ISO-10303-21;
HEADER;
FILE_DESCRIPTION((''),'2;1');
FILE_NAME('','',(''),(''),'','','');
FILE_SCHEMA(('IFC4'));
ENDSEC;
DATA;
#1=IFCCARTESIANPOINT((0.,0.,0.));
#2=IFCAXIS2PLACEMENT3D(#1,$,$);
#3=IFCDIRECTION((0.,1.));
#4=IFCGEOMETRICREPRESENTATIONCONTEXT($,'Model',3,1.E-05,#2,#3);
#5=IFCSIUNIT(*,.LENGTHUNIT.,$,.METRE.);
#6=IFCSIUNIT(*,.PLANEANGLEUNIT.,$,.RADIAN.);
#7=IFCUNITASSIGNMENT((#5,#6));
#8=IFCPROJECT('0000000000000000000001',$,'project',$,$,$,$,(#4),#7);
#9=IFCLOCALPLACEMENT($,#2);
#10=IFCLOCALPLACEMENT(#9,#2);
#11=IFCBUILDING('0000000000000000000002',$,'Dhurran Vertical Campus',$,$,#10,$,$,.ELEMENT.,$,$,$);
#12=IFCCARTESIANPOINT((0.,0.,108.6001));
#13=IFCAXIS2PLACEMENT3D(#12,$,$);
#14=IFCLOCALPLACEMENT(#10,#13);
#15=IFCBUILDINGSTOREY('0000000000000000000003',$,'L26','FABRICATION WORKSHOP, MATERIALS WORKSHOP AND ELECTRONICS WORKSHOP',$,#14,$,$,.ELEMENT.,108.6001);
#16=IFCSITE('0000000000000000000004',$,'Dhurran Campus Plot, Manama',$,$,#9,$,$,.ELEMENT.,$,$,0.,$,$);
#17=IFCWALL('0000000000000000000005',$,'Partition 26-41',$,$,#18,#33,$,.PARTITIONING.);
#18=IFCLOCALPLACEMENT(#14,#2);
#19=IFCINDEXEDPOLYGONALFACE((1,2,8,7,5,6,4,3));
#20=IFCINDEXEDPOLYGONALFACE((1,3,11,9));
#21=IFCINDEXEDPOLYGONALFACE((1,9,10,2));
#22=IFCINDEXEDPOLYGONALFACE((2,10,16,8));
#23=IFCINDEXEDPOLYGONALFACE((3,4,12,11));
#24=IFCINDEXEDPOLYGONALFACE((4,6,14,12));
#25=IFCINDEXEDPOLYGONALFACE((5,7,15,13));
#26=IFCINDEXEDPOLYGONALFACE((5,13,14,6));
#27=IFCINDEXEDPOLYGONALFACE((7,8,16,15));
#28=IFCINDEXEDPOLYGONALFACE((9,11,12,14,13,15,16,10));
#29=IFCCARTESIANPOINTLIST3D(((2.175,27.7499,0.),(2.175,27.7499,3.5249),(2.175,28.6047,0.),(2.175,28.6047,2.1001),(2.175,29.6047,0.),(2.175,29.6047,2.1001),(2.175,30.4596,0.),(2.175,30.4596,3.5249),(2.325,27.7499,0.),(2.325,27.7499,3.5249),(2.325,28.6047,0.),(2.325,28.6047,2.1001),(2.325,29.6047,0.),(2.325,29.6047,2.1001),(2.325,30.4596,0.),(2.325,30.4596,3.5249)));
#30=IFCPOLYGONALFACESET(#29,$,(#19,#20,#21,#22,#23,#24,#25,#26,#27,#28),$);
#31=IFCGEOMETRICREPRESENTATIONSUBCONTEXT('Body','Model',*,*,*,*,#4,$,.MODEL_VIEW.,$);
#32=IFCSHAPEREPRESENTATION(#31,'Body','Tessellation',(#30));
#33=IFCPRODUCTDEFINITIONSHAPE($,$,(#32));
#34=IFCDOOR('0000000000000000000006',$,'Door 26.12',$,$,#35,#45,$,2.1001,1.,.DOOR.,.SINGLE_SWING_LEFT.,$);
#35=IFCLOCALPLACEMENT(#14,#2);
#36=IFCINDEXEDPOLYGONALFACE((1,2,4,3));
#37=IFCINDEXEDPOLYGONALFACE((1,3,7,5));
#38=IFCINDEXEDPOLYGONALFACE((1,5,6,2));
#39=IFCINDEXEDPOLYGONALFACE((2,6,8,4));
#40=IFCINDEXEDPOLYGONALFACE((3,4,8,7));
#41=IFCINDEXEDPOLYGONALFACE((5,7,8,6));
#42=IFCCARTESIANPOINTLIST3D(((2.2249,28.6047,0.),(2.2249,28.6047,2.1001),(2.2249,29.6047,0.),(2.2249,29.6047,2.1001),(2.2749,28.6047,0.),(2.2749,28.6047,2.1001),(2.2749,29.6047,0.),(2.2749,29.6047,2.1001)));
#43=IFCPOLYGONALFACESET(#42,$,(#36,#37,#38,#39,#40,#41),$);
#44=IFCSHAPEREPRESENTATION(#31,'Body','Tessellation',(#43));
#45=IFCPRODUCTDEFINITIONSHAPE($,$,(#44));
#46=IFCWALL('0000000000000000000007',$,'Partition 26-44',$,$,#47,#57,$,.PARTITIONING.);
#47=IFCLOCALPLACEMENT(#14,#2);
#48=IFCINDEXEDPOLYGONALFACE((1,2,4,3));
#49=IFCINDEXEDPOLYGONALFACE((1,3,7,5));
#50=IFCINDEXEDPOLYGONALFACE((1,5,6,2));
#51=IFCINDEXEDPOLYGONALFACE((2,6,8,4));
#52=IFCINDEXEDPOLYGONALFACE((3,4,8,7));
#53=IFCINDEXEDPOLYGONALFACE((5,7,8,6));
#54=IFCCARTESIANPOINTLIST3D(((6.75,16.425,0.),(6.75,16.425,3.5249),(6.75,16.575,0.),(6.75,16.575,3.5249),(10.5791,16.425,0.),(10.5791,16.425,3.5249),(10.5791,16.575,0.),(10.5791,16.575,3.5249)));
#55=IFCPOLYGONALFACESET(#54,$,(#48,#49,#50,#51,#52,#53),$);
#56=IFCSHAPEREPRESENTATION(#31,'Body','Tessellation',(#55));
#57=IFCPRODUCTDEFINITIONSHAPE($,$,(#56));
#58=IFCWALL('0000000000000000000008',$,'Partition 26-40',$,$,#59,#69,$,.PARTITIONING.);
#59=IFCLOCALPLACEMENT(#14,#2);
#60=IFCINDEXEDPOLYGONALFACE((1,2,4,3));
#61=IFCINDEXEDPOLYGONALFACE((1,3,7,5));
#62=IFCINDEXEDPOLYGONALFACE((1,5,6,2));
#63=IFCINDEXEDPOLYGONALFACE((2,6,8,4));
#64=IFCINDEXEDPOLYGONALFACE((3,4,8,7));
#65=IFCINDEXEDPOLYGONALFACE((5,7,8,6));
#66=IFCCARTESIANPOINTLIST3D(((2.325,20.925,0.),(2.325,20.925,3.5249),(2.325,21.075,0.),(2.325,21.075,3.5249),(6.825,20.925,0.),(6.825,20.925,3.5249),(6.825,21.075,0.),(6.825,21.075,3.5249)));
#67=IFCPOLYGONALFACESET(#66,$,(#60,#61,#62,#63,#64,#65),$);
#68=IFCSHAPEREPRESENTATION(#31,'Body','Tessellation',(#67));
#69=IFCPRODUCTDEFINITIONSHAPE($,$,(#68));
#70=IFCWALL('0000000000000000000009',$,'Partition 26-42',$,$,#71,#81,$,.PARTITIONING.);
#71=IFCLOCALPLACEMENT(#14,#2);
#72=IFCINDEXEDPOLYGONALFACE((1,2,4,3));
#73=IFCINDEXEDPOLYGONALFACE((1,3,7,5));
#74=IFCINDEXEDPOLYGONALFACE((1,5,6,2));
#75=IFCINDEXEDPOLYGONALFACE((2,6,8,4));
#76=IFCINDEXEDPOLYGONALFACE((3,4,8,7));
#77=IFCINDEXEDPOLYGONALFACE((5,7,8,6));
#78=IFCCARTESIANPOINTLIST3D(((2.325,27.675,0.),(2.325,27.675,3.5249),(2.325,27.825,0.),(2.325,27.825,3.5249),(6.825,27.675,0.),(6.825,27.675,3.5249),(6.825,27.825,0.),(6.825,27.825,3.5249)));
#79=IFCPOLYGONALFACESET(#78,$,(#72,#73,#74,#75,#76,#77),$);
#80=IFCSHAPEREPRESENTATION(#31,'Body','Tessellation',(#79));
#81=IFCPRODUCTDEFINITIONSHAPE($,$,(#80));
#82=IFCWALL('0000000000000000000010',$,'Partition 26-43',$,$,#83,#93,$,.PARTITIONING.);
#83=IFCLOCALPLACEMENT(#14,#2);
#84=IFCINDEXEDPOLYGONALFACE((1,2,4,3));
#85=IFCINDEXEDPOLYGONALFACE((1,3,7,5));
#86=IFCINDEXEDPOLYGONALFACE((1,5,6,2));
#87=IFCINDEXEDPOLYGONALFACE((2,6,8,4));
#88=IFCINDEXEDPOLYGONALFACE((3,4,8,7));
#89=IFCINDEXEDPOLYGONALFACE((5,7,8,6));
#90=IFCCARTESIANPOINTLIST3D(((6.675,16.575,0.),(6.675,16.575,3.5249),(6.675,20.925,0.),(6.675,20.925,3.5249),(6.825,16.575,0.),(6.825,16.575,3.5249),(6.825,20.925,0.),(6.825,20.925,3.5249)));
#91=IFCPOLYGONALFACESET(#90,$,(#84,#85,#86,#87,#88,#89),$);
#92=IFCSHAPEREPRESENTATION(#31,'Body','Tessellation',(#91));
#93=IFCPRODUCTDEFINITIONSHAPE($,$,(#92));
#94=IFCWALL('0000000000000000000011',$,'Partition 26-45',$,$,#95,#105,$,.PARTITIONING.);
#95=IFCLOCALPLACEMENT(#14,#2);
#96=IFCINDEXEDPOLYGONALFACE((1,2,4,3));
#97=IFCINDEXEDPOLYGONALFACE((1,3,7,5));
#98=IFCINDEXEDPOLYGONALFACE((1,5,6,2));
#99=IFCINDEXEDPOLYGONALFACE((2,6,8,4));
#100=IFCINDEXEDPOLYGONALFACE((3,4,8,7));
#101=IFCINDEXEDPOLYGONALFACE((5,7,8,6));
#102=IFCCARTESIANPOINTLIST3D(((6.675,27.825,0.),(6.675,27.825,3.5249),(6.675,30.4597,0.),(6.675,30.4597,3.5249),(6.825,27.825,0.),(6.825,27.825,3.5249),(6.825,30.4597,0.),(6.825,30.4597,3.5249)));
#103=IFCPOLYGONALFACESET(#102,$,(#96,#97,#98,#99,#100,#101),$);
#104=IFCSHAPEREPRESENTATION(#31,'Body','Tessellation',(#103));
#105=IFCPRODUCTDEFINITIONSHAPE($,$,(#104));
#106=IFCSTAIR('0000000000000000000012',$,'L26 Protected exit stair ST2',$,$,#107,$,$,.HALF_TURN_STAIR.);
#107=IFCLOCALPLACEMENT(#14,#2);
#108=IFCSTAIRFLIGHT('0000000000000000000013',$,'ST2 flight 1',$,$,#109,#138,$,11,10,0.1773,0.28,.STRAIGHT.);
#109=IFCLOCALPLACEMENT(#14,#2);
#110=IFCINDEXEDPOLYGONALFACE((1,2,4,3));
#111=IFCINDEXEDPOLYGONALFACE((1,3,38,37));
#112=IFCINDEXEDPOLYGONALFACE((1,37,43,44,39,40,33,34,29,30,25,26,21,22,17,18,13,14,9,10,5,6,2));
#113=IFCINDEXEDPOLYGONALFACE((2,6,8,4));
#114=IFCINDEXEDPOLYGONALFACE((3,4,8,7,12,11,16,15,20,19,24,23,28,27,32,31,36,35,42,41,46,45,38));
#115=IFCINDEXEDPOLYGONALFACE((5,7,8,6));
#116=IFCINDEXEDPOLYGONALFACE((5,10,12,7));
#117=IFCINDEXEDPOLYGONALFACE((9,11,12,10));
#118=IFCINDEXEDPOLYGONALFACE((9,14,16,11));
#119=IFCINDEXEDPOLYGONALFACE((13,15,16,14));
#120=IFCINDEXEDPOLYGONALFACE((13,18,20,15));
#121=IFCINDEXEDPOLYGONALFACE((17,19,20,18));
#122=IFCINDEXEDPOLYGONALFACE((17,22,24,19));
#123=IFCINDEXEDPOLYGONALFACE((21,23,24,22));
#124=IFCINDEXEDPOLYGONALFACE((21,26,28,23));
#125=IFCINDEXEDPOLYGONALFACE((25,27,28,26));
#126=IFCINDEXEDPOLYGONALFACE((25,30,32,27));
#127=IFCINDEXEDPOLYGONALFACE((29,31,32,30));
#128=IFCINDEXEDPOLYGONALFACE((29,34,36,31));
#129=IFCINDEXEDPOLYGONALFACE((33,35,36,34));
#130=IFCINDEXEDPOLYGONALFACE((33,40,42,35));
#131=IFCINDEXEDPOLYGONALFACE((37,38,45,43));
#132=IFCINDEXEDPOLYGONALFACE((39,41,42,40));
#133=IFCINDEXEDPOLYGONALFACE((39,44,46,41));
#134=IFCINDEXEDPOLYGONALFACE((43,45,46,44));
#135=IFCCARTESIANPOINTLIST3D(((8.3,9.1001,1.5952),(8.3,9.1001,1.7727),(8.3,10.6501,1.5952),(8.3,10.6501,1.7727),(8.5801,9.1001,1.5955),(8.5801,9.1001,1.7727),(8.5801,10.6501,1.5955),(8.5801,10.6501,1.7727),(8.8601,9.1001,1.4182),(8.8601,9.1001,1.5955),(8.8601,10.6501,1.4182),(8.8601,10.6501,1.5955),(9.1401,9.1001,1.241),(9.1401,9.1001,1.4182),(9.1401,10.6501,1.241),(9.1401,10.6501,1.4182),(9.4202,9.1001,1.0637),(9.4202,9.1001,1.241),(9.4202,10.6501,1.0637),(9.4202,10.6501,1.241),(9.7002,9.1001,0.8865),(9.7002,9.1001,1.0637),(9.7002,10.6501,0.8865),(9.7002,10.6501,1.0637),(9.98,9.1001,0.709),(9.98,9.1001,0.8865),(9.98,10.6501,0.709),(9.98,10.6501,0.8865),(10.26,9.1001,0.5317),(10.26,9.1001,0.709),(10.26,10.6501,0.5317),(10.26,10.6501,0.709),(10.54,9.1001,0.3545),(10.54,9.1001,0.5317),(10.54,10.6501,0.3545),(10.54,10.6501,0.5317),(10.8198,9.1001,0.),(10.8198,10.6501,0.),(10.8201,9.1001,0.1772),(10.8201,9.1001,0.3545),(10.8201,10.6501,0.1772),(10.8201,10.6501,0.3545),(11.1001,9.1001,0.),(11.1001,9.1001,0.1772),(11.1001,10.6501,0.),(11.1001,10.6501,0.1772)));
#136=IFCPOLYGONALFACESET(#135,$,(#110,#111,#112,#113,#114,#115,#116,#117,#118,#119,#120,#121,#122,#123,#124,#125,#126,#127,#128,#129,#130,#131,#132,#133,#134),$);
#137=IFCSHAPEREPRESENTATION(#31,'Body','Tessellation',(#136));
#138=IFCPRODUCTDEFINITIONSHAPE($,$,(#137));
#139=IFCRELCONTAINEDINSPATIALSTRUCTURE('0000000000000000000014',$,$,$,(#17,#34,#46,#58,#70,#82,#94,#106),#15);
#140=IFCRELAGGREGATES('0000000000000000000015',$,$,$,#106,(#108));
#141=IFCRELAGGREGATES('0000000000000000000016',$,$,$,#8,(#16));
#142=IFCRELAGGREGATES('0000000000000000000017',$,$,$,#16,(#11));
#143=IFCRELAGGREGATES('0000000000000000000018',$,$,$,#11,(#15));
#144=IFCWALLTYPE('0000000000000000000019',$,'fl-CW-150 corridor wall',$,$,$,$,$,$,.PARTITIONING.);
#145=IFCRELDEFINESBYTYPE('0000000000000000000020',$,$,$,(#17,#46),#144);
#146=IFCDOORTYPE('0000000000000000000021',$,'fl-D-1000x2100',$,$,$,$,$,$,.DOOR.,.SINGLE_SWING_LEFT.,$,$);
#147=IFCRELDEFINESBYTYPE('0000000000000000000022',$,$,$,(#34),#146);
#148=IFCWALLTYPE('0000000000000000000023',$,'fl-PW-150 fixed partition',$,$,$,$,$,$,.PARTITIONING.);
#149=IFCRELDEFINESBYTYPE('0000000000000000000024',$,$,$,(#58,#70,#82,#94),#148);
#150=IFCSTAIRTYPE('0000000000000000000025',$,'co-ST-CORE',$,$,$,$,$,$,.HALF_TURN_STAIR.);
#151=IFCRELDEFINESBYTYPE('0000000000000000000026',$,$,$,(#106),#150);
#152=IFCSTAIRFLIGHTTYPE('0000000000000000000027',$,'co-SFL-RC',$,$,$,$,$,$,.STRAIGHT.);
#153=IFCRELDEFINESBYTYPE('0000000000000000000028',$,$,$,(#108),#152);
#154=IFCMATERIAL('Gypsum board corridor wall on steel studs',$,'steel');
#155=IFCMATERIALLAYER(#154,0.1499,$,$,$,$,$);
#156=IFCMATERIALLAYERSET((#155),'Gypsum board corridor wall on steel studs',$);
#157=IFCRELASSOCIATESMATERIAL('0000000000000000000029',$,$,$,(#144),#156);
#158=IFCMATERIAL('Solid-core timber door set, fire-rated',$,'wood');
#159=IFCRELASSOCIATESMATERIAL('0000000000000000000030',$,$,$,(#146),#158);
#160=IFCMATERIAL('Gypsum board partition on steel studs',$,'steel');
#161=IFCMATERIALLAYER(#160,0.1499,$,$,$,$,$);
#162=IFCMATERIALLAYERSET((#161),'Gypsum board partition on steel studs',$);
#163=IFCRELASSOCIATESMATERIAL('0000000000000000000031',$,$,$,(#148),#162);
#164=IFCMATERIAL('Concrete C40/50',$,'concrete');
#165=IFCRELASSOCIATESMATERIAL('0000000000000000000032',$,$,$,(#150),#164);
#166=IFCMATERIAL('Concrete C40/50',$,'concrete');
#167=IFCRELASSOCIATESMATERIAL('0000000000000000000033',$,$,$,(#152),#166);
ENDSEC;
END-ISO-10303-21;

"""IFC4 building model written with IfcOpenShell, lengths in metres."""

from ifc_helpers import new_model, si_unit, direction, frame, frame_2d, origin, place, context, subcontext, project, spatial, polyline, rectangle, outline, extrude, material, layer, layer_set, type_object, element, fill, aggregate, save


model = new_model("IFC4")

# Units and contexts
model_context = context("Model", 3, precision=1e-05, world=origin(), true_north=direction((0.0, 1.0)))
body_context = subcontext(model_context, "Body", "Model", "MODEL_VIEW")
ifc_project = project(units=[si_unit("LENGTHUNIT", "METRE"), si_unit("PLANEANGLEUNIT", "RADIAN")], contexts=[model_context])

# Site, building, storey
site_placement = place(None, origin())
site = spatial("IfcSite", under=ifc_project, at=site_placement, Name="Dhurran Campus Plot, Manama", CompositionType="ELEMENT", RefElevation=0.0)
building_placement = place(site_placement, origin())
building = spatial("IfcBuilding", under=site, at=building_placement, Name="Dhurran Vertical Campus", CompositionType="ELEMENT")
storey_placement = place(building_placement, frame((0.0, 0.0, 108.6001)))
storey = spatial("IfcBuildingStorey", under=building, at=storey_placement, Name="L26", Description="FABRICATION WORKSHOP, MATERIALS WORKSHOP AND ELECTRONICS WORKSHOP", CompositionType="ELEMENT", Elevation=108.6001)

# Shared definitions
ifc_material_1 = material(Name="Gypsum board corridor wall on steel studs", Category="steel")
ifc_layer_1 = layer(ifc_material_1, 0.1499)
ifc_layer_set_1 = layer_set([ifc_layer_1], Name="Gypsum board corridor wall on steel studs")
wall_type_1 = type_object("IfcWallType", Name="fl-CW-150 corridor wall", PredefinedType="PARTITIONING", material=ifc_layer_set_1)
ifc_material_2 = material(Name="Solid-core timber door set, fire-rated", Category="wood")
door_type_1 = type_object("IfcDoorType", Name="fl-D-1000x2100", OperationType="SINGLE_SWING_LEFT", PredefinedType="DOOR", material=ifc_material_2)

# Wall, opening, door
wall_1_placement = place(storey_placement, frame((2.25, 30.4597, 0.0), z_axis=(0.0, 0.0, 1.0), x_axis=(0.0, -1.0, 0.0)))
wall_1 = element("IfcWall", 1, at=wall_1_placement, inside=storey, type_object=wall_type_1, Name="Partition 26-41", PredefinedType="PARTITIONING", context=body_context, shape_type="SweptSolid", body=[
    extrude(rectangle(XDim=2.7097, YDim=0.1499, at=frame_2d((1.355, 0.0))), origin(), (0.0, 0.0, 1.0), 3.5249),
])
opening_1_placement = place(wall_1_placement, frame((0.855, 0.0, 0.0)))
opening_1 = element("IfcOpeningElement", 2, at=opening_1_placement, cuts=wall_1, PredefinedType="OPENING", context=body_context, shape_type="SweptSolid", body=[
    extrude(rectangle(XDim=1.0, YDim=2.1001, at=frame_2d((0.5, 1.05))), frame((0.0, 0.085, 0.0), z_axis=(0.0, -1.0, 0.0), x_axis=(1.0, 0.0, 0.0)), (0.0, 0.0, 1.0), 0.1699),
])
door_1_placement = place(opening_1_placement, origin())
door_1 = element("IfcDoor", 3, at=door_1_placement, inside=storey, type_object=door_type_1, Name="Door 26.12", OperationType="SINGLE_SWING_LEFT", OverallHeight=2.1001, OverallWidth=1.0, PredefinedType="DOOR", context=body_context, shape_type="SweptSolid", body=[
    extrude(rectangle(XDim=1.0, YDim=2.1001, at=frame_2d((0.5, 1.05))), frame((0.0, 0.0249, 0.0), z_axis=(0.0, -1.0, 0.0), x_axis=(1.0, 0.0, 0.0)), (0.0, 0.0, 1.0), 0.05),
])
fill(opening_1, door_1)

# Walls
wall_2_placement = place(storey_placement, frame((10.5791, 16.5, 0.0), z_axis=(0.0, 0.0, 1.0), x_axis=(-1.0, 0.0, 0.0)))
element("IfcWall", 4, at=wall_2_placement, inside=storey, type_object=wall_type_1, Name="Partition 26-44", PredefinedType="PARTITIONING", context=body_context, shape_type="SweptSolid", body=[
    extrude(rectangle(XDim=3.8291, YDim=0.1499, at=frame_2d((1.9146, 0.0))), origin(), (0.0, 0.0, 1.0), 3.5249),
])
ifc_material_3 = material(Name="Gypsum board partition on steel studs", Category="steel")
ifc_layer_2 = layer(ifc_material_3, 0.1499)
ifc_layer_set_2 = layer_set([ifc_layer_2], Name="Gypsum board partition on steel studs")
wall_type_2 = type_object("IfcWallType", Name="fl-PW-150 fixed partition", PredefinedType="PARTITIONING", material=ifc_layer_set_2)
for number, where, z_axis, x_axis, name in (
    (5, (2.325, 21.0, 0.0), (0.0, 0.0, 1.0), (1.0, 0.0, 0.0), "Partition 26-40"),
    (6, (6.825, 27.75, 0.0), (0.0, 0.0, 1.0), (-1.0, 0.0, 0.0), "Partition 26-42"),
):
    element("IfcWall", number, at=place(storey_placement, frame(where, z_axis=z_axis, x_axis=x_axis)), inside=storey, type_object=wall_type_2, Name=name, PredefinedType="PARTITIONING", context=body_context, shape_type="SweptSolid", body=[
        extrude(rectangle(XDim=4.5, YDim=0.1499, at=frame_2d((2.25, 0.0))), origin(), (0.0, 0.0, 1.0), 3.5249),
    ])
wall_3_placement = place(storey_placement, frame((6.75, 20.925, 0.0), z_axis=(0.0, 0.0, 1.0), x_axis=(0.0, -1.0, 0.0)))
element("IfcWall", 7, at=wall_3_placement, inside=storey, type_object=wall_type_2, Name="Partition 26-43", PredefinedType="PARTITIONING", context=body_context, shape_type="SweptSolid", body=[
    extrude(rectangle(XDim=4.3501, YDim=0.1499, at=frame_2d((2.175, 0.0))), origin(), (0.0, 0.0, 1.0), 3.5249),
])
wall_4_placement = place(storey_placement, frame((6.75, 30.4597, 0.0), z_axis=(0.0, 0.0, 1.0), x_axis=(0.0, -1.0, 0.0)))
element("IfcWall", 8, at=wall_4_placement, inside=storey, type_object=wall_type_2, Name="Partition 26-45", PredefinedType="PARTITIONING", context=body_context, shape_type="SweptSolid", body=[
    extrude(rectangle(XDim=2.6348, YDim=0.1499, at=frame_2d((1.3174, 0.0))), origin(), (0.0, 0.0, 1.0), 3.5249),
])

# Stair, stair flight
ifc_material_4 = material(Name="Concrete C40/50", Category="concrete")
stair_type = type_object("IfcStairType", Name="co-ST-CORE", PredefinedType="HALF_TURN_STAIR", material=ifc_material_4)
stair_placement = place(storey_placement, origin())
stair = element("IfcStair", 9, at=stair_placement, inside=storey, type_object=stair_type, Name="L26 Protected exit stair ST2", PredefinedType="HALF_TURN_STAIR")
ifc_material_5 = material(Name="Concrete C40/50", Category="concrete")
stair_flight_type = type_object("IfcStairFlightType", Name="co-SFL-RC", PredefinedType="STRAIGHT", material=ifc_material_5)
stair_flight_placement = place(storey_placement, frame((11.1001, 9.875, 0.0), z_axis=(0.0, 0.0, 1.0), x_axis=(-1.0, 0.0, 0.0)))
stair_flight = element("IfcStairFlight", 10, at=stair_flight_placement, type_object=stair_flight_type, Name="ST2 flight 1", NumberOfRisers=11, NumberOfTreads=10, PredefinedType="STRAIGHT", RiserHeight=0.1773, TreadLength=0.28, context=body_context, shape_type="SweptSolid", body=[
    extrude(outline(polyline([(0.0, 0.0), (0.0, 0.1772), (0.28, 0.1772), (0.28, 0.3545), (0.5601, 0.3545), (0.5601, 0.5317), (0.8401, 0.5317), (0.8401, 0.709), (1.1201, 0.709), (1.1201, 0.8865), (1.3999, 0.8865), (1.3999, 1.0637), (1.6799, 1.0637), (1.6799, 1.241), (1.96, 1.241), (1.96, 1.4182), (2.24, 1.4182), (2.24, 1.5955), (2.52, 1.5955), (2.52, 1.7727), (2.8, 1.7727), (2.8, 1.95), (2.8, 1.5952), (0.2803, 0.0), (0.0, 0.0)])), frame((0.0, 0.7749, 0.0), z_axis=(0.0, -1.0, 0.0), x_axis=(1.0, 0.0, 0.0)), (0.0, 0.0, 1.0), 1.55),
])
aggregate(stair, [stair_flight])

save(model, "model.ifc")
